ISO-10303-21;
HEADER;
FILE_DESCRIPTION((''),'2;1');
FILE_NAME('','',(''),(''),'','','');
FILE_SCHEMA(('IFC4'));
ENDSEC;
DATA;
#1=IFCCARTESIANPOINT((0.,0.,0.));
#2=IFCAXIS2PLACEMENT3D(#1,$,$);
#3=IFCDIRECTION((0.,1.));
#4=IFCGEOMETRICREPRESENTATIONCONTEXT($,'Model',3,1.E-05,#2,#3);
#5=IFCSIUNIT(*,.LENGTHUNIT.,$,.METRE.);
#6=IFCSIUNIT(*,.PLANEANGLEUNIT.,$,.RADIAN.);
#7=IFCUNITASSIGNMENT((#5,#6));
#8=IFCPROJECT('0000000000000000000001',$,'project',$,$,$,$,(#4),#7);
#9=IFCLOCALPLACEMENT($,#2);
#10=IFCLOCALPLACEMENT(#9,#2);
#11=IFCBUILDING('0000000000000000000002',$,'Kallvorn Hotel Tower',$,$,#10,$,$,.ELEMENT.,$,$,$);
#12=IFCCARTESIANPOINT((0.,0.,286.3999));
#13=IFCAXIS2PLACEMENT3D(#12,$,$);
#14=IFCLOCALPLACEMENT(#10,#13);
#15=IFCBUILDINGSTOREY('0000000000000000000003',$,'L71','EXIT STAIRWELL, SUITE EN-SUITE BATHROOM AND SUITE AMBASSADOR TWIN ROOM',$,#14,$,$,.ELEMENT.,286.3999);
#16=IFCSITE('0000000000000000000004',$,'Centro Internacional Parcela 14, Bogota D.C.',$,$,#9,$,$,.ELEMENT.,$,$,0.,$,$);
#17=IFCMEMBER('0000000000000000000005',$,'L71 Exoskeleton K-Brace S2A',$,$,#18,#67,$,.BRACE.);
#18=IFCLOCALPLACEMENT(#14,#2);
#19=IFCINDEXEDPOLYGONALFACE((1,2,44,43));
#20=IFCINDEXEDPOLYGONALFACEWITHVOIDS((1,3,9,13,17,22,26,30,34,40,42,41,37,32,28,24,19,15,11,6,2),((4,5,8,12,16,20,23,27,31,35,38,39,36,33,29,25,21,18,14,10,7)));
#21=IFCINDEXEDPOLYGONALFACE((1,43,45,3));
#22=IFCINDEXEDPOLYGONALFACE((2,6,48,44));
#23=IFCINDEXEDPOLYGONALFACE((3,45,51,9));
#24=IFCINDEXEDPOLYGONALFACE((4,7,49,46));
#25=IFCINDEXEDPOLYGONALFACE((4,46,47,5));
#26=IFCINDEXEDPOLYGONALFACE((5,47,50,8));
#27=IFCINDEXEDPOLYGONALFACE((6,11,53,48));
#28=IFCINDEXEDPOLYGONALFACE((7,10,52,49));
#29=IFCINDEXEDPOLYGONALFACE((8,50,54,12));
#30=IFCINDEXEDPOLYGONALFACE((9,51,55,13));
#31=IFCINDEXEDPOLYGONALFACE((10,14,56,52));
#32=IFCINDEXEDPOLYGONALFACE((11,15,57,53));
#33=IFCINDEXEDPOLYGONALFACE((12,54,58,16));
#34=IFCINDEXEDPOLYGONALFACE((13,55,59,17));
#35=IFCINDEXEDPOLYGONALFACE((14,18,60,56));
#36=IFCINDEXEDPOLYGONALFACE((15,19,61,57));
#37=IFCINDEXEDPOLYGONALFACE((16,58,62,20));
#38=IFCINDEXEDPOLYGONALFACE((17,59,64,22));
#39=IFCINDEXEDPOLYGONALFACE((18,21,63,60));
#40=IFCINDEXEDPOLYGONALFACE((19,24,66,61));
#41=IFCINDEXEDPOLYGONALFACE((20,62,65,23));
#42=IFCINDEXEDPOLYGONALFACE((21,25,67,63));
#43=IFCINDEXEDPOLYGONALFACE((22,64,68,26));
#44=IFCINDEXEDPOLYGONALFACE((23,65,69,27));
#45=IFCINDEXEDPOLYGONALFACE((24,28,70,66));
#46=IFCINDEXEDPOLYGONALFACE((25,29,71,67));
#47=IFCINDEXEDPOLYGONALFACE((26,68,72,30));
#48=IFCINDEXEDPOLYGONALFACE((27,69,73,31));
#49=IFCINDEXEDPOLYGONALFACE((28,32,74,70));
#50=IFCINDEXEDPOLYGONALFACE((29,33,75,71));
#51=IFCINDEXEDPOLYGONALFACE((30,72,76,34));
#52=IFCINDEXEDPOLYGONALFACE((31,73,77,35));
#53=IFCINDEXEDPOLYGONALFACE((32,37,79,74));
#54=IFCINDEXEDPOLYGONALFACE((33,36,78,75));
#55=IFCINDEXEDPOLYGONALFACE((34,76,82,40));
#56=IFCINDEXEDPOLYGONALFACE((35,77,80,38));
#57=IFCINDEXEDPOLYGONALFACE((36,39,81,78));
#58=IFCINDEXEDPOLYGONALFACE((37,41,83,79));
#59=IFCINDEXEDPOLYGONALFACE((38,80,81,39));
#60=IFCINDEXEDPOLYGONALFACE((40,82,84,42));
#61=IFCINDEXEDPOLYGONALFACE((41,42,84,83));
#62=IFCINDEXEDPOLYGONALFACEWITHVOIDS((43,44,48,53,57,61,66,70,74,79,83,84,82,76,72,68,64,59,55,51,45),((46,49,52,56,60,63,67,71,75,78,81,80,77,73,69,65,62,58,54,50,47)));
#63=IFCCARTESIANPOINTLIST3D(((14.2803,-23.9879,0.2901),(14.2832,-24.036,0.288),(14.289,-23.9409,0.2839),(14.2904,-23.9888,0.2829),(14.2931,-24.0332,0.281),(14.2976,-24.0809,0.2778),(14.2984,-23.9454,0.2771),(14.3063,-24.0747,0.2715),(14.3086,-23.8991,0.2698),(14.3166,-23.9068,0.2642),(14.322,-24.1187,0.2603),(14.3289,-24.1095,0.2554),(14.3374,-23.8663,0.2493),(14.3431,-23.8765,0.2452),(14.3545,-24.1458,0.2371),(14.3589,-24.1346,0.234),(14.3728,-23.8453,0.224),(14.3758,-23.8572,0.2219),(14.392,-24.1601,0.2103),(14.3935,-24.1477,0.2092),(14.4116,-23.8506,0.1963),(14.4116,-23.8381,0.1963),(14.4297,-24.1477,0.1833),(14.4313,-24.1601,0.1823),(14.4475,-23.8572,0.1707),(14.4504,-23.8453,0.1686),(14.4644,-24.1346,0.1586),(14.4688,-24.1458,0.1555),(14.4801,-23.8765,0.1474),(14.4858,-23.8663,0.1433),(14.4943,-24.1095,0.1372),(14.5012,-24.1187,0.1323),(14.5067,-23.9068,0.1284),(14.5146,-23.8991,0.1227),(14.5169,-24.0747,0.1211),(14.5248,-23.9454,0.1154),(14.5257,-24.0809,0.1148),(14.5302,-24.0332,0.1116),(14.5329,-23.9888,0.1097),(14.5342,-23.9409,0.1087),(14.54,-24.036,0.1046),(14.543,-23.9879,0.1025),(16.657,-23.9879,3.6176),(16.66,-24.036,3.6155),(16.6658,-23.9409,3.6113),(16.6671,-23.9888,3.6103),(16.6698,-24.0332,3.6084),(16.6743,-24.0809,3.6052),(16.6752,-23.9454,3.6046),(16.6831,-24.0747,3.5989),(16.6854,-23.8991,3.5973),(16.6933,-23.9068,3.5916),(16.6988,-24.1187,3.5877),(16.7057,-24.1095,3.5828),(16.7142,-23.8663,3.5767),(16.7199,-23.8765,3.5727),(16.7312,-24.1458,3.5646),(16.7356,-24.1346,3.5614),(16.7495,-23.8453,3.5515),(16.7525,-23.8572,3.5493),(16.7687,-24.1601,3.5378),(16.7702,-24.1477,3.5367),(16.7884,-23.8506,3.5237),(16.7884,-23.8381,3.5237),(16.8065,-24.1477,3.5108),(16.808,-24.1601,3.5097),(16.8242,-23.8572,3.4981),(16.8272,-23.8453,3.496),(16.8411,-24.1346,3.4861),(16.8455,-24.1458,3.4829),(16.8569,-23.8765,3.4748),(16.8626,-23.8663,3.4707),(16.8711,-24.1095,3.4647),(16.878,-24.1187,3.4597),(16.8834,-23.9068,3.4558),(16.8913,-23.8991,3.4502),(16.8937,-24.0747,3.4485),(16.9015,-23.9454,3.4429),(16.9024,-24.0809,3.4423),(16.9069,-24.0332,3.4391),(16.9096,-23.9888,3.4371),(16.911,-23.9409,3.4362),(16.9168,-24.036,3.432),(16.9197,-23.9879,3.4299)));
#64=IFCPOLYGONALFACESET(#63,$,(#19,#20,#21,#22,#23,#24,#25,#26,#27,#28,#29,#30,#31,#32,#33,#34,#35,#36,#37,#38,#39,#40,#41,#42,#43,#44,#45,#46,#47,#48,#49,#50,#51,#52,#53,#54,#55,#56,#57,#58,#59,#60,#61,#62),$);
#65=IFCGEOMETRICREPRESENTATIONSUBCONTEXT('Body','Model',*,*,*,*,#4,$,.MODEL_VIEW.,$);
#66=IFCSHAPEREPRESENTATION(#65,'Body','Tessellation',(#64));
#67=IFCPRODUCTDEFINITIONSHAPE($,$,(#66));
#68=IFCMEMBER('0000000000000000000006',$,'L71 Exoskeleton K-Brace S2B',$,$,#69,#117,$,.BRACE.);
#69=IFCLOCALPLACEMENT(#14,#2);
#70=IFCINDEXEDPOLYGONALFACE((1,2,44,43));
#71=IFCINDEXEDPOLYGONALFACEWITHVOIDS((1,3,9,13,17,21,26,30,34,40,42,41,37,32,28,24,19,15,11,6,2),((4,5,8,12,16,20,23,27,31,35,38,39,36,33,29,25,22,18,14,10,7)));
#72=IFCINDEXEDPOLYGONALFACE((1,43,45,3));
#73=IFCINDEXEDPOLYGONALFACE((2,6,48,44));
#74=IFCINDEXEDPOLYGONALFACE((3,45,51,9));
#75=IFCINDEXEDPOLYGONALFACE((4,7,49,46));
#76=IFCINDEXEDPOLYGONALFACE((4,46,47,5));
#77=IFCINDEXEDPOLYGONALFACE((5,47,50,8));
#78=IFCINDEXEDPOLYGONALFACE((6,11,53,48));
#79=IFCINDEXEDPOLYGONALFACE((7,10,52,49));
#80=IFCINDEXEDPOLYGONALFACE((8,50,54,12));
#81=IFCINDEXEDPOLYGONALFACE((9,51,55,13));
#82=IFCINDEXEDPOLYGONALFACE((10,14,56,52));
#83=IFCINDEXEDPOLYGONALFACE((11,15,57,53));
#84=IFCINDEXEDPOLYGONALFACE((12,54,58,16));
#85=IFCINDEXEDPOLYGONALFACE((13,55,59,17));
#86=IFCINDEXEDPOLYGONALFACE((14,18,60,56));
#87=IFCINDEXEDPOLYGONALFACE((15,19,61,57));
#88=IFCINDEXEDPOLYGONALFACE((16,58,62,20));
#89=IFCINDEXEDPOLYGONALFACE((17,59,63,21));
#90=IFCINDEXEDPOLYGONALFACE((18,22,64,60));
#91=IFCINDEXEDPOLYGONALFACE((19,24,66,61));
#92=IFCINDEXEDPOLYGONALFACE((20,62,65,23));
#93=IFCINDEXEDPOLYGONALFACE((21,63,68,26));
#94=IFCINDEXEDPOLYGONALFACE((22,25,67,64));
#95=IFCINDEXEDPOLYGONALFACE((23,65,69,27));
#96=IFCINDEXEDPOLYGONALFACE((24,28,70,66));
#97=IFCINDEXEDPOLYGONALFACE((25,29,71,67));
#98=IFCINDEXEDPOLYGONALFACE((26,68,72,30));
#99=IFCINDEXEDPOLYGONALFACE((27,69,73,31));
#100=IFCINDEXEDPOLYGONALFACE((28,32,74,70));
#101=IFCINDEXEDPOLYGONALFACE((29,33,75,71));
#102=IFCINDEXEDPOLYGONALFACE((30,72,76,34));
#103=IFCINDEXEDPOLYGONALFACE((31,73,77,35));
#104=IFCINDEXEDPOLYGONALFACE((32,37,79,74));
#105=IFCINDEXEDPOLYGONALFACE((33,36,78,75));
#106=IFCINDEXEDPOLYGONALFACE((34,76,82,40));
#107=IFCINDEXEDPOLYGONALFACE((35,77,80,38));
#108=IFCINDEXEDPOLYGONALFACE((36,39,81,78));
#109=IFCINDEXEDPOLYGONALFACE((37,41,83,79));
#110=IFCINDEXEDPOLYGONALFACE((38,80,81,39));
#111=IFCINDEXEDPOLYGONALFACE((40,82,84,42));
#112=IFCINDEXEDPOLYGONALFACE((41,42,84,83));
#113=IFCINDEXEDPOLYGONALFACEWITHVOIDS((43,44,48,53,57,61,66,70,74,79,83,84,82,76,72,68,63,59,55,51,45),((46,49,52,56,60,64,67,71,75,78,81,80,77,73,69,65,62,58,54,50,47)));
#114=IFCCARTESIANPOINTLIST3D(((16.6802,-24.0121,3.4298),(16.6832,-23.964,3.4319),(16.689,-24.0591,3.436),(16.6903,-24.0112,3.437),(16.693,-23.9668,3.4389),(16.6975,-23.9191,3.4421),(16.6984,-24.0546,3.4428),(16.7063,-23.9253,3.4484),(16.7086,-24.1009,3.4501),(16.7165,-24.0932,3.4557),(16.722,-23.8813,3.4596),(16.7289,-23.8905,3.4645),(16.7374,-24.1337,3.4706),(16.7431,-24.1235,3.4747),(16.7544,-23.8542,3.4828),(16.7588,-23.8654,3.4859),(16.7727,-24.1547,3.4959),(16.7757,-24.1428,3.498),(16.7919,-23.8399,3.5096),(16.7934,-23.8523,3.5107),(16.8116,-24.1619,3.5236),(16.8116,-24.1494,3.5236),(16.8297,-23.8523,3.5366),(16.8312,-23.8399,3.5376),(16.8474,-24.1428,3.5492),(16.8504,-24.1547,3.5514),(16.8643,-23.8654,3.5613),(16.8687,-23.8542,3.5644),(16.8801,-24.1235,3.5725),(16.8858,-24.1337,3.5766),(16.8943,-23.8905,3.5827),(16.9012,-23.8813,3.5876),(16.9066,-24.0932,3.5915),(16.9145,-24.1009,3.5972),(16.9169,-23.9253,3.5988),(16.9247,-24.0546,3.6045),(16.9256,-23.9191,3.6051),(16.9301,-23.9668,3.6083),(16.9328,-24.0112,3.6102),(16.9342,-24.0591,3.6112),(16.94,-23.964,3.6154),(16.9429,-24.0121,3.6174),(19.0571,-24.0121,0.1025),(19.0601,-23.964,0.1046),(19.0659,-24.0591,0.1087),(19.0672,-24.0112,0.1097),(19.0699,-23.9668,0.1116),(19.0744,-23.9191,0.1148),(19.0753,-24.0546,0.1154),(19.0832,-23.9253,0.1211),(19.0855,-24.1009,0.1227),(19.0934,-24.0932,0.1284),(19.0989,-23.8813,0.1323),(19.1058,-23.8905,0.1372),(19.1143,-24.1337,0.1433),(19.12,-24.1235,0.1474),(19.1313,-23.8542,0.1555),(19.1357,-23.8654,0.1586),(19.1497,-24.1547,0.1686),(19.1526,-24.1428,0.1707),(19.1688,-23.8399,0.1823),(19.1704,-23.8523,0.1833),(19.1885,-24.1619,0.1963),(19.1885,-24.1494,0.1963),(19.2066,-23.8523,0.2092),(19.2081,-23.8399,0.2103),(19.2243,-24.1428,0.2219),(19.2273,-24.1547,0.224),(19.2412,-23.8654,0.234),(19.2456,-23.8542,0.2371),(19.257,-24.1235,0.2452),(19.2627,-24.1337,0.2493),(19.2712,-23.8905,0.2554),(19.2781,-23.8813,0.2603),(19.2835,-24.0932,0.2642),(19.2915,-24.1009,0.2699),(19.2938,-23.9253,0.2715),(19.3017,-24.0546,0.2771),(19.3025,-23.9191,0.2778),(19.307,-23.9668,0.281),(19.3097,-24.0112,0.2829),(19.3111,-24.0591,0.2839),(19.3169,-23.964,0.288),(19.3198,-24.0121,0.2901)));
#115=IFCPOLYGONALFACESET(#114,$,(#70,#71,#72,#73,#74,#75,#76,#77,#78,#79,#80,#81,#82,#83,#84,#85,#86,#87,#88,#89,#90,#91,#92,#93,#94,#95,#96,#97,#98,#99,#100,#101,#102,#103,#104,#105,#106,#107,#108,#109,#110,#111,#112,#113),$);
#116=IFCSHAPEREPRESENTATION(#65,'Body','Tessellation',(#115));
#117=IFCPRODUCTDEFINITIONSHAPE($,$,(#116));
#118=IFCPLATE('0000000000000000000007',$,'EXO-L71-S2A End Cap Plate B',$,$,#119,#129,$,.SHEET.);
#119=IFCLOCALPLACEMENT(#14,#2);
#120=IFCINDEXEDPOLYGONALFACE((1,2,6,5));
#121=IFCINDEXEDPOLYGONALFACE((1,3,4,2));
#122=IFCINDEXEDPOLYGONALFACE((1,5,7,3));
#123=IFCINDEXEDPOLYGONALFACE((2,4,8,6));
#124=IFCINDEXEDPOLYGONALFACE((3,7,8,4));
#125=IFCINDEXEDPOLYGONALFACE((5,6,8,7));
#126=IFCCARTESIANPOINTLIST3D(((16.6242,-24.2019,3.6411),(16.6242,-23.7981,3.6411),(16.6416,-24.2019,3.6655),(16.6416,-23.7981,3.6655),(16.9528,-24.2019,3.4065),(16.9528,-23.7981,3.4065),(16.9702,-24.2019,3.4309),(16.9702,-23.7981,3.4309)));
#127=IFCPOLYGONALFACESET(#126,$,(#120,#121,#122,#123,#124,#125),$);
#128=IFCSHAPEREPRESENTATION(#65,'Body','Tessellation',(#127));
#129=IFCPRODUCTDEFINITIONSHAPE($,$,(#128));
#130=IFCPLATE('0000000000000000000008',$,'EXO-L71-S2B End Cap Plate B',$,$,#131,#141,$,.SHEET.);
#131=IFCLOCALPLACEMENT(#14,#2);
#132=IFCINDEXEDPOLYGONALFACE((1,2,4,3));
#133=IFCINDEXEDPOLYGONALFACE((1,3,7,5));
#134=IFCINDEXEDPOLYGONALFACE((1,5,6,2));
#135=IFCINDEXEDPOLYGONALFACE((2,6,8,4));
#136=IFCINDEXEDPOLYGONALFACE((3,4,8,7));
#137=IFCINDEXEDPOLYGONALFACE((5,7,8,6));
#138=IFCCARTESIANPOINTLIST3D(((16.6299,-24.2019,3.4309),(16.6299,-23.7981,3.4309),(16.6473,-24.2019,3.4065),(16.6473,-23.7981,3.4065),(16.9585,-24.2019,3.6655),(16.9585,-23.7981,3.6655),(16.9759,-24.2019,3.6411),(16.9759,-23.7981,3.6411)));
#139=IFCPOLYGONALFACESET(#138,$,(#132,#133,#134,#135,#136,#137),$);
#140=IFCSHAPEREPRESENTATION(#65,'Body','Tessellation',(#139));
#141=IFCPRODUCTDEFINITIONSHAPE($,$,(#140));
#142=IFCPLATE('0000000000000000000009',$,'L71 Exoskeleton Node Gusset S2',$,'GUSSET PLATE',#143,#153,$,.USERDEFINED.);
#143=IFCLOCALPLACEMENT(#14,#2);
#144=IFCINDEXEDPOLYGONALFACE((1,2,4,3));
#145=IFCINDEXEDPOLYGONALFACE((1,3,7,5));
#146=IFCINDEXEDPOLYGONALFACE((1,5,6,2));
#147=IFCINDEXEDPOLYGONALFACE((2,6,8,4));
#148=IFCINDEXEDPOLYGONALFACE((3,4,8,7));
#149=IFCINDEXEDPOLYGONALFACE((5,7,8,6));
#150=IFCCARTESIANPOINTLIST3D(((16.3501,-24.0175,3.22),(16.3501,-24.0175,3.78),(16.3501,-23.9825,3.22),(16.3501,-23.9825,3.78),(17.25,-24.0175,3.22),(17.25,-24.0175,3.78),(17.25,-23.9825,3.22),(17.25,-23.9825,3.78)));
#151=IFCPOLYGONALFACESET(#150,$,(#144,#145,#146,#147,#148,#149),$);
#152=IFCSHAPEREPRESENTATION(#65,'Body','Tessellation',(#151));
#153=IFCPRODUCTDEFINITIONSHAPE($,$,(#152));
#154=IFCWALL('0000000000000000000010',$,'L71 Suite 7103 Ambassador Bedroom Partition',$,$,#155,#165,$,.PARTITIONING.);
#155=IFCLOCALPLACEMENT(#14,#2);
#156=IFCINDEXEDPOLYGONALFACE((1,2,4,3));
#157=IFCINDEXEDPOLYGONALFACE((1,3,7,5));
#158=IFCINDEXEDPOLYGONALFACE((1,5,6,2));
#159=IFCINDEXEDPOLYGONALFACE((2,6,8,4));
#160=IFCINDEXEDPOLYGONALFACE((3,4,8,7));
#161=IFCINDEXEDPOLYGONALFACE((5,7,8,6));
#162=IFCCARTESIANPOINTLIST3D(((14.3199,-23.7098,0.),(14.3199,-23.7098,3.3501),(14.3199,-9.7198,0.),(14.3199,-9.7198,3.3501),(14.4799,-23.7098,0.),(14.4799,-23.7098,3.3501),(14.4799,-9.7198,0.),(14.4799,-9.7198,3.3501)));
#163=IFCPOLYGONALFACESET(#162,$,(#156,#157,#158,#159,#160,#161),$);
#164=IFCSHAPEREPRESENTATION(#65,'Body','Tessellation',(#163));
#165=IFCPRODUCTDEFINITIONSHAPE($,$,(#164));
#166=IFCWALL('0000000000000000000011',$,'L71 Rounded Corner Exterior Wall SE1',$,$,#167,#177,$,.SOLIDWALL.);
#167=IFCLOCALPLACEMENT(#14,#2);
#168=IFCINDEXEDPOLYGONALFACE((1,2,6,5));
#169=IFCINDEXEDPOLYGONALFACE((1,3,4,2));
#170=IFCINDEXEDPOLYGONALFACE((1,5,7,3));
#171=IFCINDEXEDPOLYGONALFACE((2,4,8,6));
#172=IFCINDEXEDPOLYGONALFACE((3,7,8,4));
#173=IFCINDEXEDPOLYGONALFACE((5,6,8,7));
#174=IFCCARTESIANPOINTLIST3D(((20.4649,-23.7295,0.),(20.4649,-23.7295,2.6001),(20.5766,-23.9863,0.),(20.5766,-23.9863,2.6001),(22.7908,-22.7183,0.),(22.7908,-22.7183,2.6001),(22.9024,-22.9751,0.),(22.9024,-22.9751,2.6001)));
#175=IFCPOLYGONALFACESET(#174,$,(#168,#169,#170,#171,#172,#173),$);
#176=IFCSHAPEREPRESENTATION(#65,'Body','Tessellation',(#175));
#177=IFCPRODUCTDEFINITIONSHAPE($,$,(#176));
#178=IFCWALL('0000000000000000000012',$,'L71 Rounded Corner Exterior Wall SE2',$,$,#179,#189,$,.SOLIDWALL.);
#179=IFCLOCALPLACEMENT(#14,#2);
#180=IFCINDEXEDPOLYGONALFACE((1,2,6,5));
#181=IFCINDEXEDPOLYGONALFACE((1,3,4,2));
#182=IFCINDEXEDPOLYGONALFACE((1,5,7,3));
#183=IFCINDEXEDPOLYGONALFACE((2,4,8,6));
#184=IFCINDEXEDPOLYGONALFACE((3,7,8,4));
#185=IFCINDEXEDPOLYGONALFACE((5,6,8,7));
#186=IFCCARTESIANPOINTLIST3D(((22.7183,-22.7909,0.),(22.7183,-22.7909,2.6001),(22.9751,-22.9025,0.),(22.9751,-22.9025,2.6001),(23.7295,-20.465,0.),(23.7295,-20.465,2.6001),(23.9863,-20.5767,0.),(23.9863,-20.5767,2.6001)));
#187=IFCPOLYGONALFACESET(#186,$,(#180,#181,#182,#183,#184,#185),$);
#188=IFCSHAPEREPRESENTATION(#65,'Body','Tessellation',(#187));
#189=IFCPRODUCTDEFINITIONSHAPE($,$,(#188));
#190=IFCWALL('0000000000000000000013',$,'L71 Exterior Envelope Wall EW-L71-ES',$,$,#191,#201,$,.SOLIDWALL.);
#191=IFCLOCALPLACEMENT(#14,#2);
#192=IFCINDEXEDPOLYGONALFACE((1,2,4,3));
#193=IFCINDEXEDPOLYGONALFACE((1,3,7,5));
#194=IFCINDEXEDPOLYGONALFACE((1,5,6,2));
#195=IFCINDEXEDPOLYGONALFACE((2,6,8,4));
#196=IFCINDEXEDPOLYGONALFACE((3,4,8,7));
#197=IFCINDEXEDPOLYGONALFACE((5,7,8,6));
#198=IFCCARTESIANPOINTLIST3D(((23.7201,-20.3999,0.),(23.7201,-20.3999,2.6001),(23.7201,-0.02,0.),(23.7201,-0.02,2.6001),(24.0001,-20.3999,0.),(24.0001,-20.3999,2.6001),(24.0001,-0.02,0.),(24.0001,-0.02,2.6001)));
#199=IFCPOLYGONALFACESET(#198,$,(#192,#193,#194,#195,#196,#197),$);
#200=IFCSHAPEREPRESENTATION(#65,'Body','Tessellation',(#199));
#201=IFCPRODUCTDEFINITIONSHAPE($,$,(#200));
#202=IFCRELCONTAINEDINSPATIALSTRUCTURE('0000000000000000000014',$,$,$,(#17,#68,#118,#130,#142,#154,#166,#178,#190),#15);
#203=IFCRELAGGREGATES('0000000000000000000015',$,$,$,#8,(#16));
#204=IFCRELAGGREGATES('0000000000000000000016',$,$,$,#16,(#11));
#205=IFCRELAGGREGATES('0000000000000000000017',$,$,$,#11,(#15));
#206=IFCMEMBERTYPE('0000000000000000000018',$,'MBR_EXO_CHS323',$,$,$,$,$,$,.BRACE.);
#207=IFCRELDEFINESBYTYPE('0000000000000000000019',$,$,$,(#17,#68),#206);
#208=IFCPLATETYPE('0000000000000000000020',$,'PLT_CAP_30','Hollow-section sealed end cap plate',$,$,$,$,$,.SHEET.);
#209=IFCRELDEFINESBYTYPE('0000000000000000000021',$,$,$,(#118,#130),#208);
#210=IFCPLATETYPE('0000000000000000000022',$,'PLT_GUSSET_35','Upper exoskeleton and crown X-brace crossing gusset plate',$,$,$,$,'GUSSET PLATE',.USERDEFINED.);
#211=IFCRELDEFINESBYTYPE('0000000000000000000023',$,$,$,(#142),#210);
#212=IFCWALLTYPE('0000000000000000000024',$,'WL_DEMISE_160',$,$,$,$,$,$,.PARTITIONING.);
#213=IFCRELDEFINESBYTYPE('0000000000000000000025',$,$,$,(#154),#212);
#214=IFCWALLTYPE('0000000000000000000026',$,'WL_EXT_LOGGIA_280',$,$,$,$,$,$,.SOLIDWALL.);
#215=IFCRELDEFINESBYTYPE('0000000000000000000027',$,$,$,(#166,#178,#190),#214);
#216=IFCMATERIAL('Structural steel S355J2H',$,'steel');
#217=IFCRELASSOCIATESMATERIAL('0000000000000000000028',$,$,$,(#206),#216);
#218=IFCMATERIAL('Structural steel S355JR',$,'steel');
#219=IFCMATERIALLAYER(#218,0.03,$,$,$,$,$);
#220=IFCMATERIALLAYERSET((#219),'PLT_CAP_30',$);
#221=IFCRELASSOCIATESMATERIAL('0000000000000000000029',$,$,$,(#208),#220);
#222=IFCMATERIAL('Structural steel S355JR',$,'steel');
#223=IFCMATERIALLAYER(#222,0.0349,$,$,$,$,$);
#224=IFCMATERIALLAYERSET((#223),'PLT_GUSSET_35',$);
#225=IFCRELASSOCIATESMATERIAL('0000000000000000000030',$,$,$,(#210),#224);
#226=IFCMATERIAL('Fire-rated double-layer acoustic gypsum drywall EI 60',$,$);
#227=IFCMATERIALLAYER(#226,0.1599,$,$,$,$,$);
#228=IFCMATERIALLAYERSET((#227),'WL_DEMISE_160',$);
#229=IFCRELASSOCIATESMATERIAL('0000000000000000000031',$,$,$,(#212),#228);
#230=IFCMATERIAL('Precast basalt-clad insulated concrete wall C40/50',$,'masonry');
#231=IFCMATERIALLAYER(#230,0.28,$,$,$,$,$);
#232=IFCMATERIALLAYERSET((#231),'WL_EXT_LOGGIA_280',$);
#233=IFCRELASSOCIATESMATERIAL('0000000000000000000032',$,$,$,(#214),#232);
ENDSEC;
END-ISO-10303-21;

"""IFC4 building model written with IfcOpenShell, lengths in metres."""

from ifc_helpers import new_model, si_unit, direction, frame, frame_2d, origin, origin_2d, place, context, subcontext, project, spatial, polyline, rectangle, hollow_circle, outline, extrude, material, layer, layer_set, material_profile, profile_set, type_object, element, save


model = new_model("IFC4")

# Units and contexts
model_context = context("Model", 3, precision=1e-05, world=origin(), true_north=direction((0.0, 1.0)))
body_context = subcontext(model_context, "Body", "Model", "MODEL_VIEW")
ifc_project = project(units=[si_unit("LENGTHUNIT", "METRE"), si_unit("PLANEANGLEUNIT", "RADIAN")], contexts=[model_context])

# Site, building, storey
site_placement = place(None, origin())
site = spatial("IfcSite", under=ifc_project, at=site_placement, Name="Centro Internacional Parcela 14, Bogota D.C.", CompositionType="ELEMENT", RefElevation=0.0)
building_placement = place(site_placement, origin())
building = spatial("IfcBuilding", under=site, at=building_placement, Name="Kallvorn Hotel Tower", CompositionType="ELEMENT")
storey_placement = place(building_placement, frame((0.0, 0.0, 286.3999)))
storey = spatial("IfcBuildingStorey", under=building, at=storey_placement, Name="L71", Description="EXIT STAIRWELL, SUITE EN-SUITE BATHROOM AND SUITE AMBASSADOR TWIN ROOM", CompositionType="ELEMENT", Elevation=286.3999)

# Members
ifc_material_1 = material(Name="Structural steel S355J2H", Category="steel")
ifc_material_profile_1 = material_profile(ifc_material_1, hollow_circle(Radius=0.1619, WallThickness=0.0125, at=origin_2d()), Name="CHS 323.9x12.5")
ifc_profile_set_1 = profile_set([ifc_material_profile_1], Name="Structural steel S355J2H")
member_type = type_object("IfcMemberType", Name="MBR_EXO_CHS323", PredefinedType="BRACE", material=ifc_profile_set_1)
for number, where, z_axis, x_axis, name in (
    (1, (14.4116, -24.0, 0.1963), (0.581238, 0.0, 0.813733), (0.0, 1.0, 0.0), "L71 Exoskeleton K-Brace S2A"),
    (2, (19.1885, -24.0, 0.1963), (-0.581278, 0.0, 0.813705), (0.0, -1.0, 0.0), "L71 Exoskeleton K-Brace S2B"),
):
    element("IfcMember", number, at=place(storey_placement, frame(where, z_axis=z_axis, x_axis=x_axis)), inside=storey, type_object=member_type, Name=name, PredefinedType="BRACE", context=body_context, shape_type="SweptSolid", body=[
        extrude(hollow_circle(Radius=0.1619, WallThickness=0.0125, at=origin_2d()), origin(), (0.0, 0.0, 1.0), 4.0891),
    ])

# Plates
ifc_material_2 = material(Name="Structural steel S355JR", Category="steel")
ifc_layer_1 = layer(ifc_material_2, 0.03)
ifc_layer_set_1 = layer_set([ifc_layer_1], Name="PLT_CAP_30")
plate_type_1 = type_object("IfcPlateType", Name="PLT_CAP_30", Description="Hollow-section sealed end cap plate", PredefinedType="SHEET", material=ifc_layer_set_1)
for number, where, z_axis, x_axis, name in (
    (3, (16.9702, -24.2019, 3.4309), (0.581067, 0.0, 0.813856), (0.0, 1.0, 0.0), "EXO-L71-S2A End Cap Plate B"),
    (4, (16.6299, -23.7981, 3.4309), (-0.581067, 0.0, 0.813856), (0.0, -1.0, 0.0), "EXO-L71-S2B End Cap Plate B"),
):
    element("IfcPlate", number, at=place(storey_placement, frame(where, z_axis=z_axis, x_axis=x_axis)), inside=storey, type_object=plate_type_1, Name=name, PredefinedType="SHEET", context=body_context, shape_type="SweptSolid", body=[
        extrude(outline(polyline([(0.0, 0.0), (0.4038, 0.0), (0.4038, 0.4038), (0.0, 0.4038), (0.0, 0.0)])), origin(), (0.0, 0.0, -1.0), 0.03),
    ])
ifc_material_3 = material(Name="Structural steel S355JR", Category="steel")
ifc_layer_2 = layer(ifc_material_3, 0.0349)
ifc_layer_set_2 = layer_set([ifc_layer_2], Name="PLT_GUSSET_35")
plate_type_2 = type_object("IfcPlateType", Name="PLT_GUSSET_35", Description="Upper exoskeleton and crown X-brace crossing gusset plate", ElementType="GUSSET PLATE", PredefinedType="USERDEFINED", material=ifc_layer_set_2)
plate_placement = place(storey_placement, frame((16.8, -24.0, 3.22), z_axis=(0.0, 0.0, 1.0), x_axis=(1.0, 0.0, 0.0)))
element("IfcPlate", 5, at=plate_placement, inside=storey, type_object=plate_type_2, Name="L71 Exoskeleton Node Gusset S2", ObjectType="GUSSET PLATE", PredefinedType="USERDEFINED", context=body_context, shape_type="SweptSolid", body=[
    extrude(rectangle(XDim=0.8999, YDim=0.0349, at=origin_2d()), origin(), (0.0, 0.0, 1.0), 0.5601),
])

# Walls
ifc_material_4 = material(Name="Fire-rated double-layer acoustic gypsum drywall EI 60")
ifc_layer_3 = layer(ifc_material_4, 0.1599)
ifc_layer_set_3 = layer_set([ifc_layer_3], Name="WL_DEMISE_160")
wall_type_1 = type_object("IfcWallType", Name="WL_DEMISE_160", PredefinedType="PARTITIONING", material=ifc_layer_set_3)
wall_1_placement = place(storey_placement, frame((14.3999, -23.71, 0.0), z_axis=(0.0, 0.0, 1.0), x_axis=(0.0, 1.0, 0.0)))
element("IfcWall", 6, at=wall_1_placement, inside=storey, type_object=wall_type_1, Name="L71 Suite 7103 Ambassador Bedroom Partition", PredefinedType="PARTITIONING", context=body_context, shape_type="SweptSolid", body=[
    extrude(rectangle(XDim=13.99, YDim=0.1599, at=frame_2d((6.9951, 0.0))), origin(), (0.0, 0.0, 1.0), 3.3501),
])
ifc_material_5 = material(Name="Precast basalt-clad insulated concrete wall C40/50", Category="masonry")
ifc_layer_4 = layer(ifc_material_5, 0.28)
ifc_layer_set_4 = layer_set([ifc_layer_4], Name="WL_EXT_LOGGIA_280")
wall_type_2 = type_object("IfcWallType", Name="WL_EXT_LOGGIA_280", PredefinedType="SOLIDWALL", material=ifc_layer_set_4)
for number, where, z_axis, x_axis, name in (
    (7, (20.5208, -23.8579, 0.0), (0.0, 0.0, 1.0), (0.917076, 0.398712, 0.0), "L71 Rounded Corner Exterior Wall SE1"),
    (8, (22.8467, -22.8467, 0.0), (0.0, 0.0, 1.0), (0.398712, 0.917076, 0.0), "L71 Rounded Corner Exterior Wall SE2"),
):
    element("IfcWall", number, at=place(storey_placement, frame(where, z_axis=z_axis, x_axis=x_axis)), inside=storey, type_object=wall_type_2, Name=name, PredefinedType="SOLIDWALL", context=body_context, shape_type="SweptSolid", body=[
        extrude(rectangle(XDim=2.5361, YDim=0.28, at=frame_2d((1.2681, 0.0))), origin(), (0.0, 0.0, 1.0), 2.6001),
    ])
wall_2_placement = place(storey_placement, frame((23.8601, -20.3999, 0.0), z_axis=(0.0, 0.0, 1.0), x_axis=(0.0, 1.0, 0.0)))
element("IfcWall", 9, at=wall_2_placement, inside=storey, type_object=wall_type_2, Name="L71 Exterior Envelope Wall EW-L71-ES", PredefinedType="SOLIDWALL", context=body_context, shape_type="SweptSolid", body=[
    extrude(rectangle(XDim=20.3799, YDim=0.28, at=frame_2d((10.1899, 0.0))), origin(), (0.0, 0.0, 1.0), 2.6001),
])

save(model, "model.ifc")
